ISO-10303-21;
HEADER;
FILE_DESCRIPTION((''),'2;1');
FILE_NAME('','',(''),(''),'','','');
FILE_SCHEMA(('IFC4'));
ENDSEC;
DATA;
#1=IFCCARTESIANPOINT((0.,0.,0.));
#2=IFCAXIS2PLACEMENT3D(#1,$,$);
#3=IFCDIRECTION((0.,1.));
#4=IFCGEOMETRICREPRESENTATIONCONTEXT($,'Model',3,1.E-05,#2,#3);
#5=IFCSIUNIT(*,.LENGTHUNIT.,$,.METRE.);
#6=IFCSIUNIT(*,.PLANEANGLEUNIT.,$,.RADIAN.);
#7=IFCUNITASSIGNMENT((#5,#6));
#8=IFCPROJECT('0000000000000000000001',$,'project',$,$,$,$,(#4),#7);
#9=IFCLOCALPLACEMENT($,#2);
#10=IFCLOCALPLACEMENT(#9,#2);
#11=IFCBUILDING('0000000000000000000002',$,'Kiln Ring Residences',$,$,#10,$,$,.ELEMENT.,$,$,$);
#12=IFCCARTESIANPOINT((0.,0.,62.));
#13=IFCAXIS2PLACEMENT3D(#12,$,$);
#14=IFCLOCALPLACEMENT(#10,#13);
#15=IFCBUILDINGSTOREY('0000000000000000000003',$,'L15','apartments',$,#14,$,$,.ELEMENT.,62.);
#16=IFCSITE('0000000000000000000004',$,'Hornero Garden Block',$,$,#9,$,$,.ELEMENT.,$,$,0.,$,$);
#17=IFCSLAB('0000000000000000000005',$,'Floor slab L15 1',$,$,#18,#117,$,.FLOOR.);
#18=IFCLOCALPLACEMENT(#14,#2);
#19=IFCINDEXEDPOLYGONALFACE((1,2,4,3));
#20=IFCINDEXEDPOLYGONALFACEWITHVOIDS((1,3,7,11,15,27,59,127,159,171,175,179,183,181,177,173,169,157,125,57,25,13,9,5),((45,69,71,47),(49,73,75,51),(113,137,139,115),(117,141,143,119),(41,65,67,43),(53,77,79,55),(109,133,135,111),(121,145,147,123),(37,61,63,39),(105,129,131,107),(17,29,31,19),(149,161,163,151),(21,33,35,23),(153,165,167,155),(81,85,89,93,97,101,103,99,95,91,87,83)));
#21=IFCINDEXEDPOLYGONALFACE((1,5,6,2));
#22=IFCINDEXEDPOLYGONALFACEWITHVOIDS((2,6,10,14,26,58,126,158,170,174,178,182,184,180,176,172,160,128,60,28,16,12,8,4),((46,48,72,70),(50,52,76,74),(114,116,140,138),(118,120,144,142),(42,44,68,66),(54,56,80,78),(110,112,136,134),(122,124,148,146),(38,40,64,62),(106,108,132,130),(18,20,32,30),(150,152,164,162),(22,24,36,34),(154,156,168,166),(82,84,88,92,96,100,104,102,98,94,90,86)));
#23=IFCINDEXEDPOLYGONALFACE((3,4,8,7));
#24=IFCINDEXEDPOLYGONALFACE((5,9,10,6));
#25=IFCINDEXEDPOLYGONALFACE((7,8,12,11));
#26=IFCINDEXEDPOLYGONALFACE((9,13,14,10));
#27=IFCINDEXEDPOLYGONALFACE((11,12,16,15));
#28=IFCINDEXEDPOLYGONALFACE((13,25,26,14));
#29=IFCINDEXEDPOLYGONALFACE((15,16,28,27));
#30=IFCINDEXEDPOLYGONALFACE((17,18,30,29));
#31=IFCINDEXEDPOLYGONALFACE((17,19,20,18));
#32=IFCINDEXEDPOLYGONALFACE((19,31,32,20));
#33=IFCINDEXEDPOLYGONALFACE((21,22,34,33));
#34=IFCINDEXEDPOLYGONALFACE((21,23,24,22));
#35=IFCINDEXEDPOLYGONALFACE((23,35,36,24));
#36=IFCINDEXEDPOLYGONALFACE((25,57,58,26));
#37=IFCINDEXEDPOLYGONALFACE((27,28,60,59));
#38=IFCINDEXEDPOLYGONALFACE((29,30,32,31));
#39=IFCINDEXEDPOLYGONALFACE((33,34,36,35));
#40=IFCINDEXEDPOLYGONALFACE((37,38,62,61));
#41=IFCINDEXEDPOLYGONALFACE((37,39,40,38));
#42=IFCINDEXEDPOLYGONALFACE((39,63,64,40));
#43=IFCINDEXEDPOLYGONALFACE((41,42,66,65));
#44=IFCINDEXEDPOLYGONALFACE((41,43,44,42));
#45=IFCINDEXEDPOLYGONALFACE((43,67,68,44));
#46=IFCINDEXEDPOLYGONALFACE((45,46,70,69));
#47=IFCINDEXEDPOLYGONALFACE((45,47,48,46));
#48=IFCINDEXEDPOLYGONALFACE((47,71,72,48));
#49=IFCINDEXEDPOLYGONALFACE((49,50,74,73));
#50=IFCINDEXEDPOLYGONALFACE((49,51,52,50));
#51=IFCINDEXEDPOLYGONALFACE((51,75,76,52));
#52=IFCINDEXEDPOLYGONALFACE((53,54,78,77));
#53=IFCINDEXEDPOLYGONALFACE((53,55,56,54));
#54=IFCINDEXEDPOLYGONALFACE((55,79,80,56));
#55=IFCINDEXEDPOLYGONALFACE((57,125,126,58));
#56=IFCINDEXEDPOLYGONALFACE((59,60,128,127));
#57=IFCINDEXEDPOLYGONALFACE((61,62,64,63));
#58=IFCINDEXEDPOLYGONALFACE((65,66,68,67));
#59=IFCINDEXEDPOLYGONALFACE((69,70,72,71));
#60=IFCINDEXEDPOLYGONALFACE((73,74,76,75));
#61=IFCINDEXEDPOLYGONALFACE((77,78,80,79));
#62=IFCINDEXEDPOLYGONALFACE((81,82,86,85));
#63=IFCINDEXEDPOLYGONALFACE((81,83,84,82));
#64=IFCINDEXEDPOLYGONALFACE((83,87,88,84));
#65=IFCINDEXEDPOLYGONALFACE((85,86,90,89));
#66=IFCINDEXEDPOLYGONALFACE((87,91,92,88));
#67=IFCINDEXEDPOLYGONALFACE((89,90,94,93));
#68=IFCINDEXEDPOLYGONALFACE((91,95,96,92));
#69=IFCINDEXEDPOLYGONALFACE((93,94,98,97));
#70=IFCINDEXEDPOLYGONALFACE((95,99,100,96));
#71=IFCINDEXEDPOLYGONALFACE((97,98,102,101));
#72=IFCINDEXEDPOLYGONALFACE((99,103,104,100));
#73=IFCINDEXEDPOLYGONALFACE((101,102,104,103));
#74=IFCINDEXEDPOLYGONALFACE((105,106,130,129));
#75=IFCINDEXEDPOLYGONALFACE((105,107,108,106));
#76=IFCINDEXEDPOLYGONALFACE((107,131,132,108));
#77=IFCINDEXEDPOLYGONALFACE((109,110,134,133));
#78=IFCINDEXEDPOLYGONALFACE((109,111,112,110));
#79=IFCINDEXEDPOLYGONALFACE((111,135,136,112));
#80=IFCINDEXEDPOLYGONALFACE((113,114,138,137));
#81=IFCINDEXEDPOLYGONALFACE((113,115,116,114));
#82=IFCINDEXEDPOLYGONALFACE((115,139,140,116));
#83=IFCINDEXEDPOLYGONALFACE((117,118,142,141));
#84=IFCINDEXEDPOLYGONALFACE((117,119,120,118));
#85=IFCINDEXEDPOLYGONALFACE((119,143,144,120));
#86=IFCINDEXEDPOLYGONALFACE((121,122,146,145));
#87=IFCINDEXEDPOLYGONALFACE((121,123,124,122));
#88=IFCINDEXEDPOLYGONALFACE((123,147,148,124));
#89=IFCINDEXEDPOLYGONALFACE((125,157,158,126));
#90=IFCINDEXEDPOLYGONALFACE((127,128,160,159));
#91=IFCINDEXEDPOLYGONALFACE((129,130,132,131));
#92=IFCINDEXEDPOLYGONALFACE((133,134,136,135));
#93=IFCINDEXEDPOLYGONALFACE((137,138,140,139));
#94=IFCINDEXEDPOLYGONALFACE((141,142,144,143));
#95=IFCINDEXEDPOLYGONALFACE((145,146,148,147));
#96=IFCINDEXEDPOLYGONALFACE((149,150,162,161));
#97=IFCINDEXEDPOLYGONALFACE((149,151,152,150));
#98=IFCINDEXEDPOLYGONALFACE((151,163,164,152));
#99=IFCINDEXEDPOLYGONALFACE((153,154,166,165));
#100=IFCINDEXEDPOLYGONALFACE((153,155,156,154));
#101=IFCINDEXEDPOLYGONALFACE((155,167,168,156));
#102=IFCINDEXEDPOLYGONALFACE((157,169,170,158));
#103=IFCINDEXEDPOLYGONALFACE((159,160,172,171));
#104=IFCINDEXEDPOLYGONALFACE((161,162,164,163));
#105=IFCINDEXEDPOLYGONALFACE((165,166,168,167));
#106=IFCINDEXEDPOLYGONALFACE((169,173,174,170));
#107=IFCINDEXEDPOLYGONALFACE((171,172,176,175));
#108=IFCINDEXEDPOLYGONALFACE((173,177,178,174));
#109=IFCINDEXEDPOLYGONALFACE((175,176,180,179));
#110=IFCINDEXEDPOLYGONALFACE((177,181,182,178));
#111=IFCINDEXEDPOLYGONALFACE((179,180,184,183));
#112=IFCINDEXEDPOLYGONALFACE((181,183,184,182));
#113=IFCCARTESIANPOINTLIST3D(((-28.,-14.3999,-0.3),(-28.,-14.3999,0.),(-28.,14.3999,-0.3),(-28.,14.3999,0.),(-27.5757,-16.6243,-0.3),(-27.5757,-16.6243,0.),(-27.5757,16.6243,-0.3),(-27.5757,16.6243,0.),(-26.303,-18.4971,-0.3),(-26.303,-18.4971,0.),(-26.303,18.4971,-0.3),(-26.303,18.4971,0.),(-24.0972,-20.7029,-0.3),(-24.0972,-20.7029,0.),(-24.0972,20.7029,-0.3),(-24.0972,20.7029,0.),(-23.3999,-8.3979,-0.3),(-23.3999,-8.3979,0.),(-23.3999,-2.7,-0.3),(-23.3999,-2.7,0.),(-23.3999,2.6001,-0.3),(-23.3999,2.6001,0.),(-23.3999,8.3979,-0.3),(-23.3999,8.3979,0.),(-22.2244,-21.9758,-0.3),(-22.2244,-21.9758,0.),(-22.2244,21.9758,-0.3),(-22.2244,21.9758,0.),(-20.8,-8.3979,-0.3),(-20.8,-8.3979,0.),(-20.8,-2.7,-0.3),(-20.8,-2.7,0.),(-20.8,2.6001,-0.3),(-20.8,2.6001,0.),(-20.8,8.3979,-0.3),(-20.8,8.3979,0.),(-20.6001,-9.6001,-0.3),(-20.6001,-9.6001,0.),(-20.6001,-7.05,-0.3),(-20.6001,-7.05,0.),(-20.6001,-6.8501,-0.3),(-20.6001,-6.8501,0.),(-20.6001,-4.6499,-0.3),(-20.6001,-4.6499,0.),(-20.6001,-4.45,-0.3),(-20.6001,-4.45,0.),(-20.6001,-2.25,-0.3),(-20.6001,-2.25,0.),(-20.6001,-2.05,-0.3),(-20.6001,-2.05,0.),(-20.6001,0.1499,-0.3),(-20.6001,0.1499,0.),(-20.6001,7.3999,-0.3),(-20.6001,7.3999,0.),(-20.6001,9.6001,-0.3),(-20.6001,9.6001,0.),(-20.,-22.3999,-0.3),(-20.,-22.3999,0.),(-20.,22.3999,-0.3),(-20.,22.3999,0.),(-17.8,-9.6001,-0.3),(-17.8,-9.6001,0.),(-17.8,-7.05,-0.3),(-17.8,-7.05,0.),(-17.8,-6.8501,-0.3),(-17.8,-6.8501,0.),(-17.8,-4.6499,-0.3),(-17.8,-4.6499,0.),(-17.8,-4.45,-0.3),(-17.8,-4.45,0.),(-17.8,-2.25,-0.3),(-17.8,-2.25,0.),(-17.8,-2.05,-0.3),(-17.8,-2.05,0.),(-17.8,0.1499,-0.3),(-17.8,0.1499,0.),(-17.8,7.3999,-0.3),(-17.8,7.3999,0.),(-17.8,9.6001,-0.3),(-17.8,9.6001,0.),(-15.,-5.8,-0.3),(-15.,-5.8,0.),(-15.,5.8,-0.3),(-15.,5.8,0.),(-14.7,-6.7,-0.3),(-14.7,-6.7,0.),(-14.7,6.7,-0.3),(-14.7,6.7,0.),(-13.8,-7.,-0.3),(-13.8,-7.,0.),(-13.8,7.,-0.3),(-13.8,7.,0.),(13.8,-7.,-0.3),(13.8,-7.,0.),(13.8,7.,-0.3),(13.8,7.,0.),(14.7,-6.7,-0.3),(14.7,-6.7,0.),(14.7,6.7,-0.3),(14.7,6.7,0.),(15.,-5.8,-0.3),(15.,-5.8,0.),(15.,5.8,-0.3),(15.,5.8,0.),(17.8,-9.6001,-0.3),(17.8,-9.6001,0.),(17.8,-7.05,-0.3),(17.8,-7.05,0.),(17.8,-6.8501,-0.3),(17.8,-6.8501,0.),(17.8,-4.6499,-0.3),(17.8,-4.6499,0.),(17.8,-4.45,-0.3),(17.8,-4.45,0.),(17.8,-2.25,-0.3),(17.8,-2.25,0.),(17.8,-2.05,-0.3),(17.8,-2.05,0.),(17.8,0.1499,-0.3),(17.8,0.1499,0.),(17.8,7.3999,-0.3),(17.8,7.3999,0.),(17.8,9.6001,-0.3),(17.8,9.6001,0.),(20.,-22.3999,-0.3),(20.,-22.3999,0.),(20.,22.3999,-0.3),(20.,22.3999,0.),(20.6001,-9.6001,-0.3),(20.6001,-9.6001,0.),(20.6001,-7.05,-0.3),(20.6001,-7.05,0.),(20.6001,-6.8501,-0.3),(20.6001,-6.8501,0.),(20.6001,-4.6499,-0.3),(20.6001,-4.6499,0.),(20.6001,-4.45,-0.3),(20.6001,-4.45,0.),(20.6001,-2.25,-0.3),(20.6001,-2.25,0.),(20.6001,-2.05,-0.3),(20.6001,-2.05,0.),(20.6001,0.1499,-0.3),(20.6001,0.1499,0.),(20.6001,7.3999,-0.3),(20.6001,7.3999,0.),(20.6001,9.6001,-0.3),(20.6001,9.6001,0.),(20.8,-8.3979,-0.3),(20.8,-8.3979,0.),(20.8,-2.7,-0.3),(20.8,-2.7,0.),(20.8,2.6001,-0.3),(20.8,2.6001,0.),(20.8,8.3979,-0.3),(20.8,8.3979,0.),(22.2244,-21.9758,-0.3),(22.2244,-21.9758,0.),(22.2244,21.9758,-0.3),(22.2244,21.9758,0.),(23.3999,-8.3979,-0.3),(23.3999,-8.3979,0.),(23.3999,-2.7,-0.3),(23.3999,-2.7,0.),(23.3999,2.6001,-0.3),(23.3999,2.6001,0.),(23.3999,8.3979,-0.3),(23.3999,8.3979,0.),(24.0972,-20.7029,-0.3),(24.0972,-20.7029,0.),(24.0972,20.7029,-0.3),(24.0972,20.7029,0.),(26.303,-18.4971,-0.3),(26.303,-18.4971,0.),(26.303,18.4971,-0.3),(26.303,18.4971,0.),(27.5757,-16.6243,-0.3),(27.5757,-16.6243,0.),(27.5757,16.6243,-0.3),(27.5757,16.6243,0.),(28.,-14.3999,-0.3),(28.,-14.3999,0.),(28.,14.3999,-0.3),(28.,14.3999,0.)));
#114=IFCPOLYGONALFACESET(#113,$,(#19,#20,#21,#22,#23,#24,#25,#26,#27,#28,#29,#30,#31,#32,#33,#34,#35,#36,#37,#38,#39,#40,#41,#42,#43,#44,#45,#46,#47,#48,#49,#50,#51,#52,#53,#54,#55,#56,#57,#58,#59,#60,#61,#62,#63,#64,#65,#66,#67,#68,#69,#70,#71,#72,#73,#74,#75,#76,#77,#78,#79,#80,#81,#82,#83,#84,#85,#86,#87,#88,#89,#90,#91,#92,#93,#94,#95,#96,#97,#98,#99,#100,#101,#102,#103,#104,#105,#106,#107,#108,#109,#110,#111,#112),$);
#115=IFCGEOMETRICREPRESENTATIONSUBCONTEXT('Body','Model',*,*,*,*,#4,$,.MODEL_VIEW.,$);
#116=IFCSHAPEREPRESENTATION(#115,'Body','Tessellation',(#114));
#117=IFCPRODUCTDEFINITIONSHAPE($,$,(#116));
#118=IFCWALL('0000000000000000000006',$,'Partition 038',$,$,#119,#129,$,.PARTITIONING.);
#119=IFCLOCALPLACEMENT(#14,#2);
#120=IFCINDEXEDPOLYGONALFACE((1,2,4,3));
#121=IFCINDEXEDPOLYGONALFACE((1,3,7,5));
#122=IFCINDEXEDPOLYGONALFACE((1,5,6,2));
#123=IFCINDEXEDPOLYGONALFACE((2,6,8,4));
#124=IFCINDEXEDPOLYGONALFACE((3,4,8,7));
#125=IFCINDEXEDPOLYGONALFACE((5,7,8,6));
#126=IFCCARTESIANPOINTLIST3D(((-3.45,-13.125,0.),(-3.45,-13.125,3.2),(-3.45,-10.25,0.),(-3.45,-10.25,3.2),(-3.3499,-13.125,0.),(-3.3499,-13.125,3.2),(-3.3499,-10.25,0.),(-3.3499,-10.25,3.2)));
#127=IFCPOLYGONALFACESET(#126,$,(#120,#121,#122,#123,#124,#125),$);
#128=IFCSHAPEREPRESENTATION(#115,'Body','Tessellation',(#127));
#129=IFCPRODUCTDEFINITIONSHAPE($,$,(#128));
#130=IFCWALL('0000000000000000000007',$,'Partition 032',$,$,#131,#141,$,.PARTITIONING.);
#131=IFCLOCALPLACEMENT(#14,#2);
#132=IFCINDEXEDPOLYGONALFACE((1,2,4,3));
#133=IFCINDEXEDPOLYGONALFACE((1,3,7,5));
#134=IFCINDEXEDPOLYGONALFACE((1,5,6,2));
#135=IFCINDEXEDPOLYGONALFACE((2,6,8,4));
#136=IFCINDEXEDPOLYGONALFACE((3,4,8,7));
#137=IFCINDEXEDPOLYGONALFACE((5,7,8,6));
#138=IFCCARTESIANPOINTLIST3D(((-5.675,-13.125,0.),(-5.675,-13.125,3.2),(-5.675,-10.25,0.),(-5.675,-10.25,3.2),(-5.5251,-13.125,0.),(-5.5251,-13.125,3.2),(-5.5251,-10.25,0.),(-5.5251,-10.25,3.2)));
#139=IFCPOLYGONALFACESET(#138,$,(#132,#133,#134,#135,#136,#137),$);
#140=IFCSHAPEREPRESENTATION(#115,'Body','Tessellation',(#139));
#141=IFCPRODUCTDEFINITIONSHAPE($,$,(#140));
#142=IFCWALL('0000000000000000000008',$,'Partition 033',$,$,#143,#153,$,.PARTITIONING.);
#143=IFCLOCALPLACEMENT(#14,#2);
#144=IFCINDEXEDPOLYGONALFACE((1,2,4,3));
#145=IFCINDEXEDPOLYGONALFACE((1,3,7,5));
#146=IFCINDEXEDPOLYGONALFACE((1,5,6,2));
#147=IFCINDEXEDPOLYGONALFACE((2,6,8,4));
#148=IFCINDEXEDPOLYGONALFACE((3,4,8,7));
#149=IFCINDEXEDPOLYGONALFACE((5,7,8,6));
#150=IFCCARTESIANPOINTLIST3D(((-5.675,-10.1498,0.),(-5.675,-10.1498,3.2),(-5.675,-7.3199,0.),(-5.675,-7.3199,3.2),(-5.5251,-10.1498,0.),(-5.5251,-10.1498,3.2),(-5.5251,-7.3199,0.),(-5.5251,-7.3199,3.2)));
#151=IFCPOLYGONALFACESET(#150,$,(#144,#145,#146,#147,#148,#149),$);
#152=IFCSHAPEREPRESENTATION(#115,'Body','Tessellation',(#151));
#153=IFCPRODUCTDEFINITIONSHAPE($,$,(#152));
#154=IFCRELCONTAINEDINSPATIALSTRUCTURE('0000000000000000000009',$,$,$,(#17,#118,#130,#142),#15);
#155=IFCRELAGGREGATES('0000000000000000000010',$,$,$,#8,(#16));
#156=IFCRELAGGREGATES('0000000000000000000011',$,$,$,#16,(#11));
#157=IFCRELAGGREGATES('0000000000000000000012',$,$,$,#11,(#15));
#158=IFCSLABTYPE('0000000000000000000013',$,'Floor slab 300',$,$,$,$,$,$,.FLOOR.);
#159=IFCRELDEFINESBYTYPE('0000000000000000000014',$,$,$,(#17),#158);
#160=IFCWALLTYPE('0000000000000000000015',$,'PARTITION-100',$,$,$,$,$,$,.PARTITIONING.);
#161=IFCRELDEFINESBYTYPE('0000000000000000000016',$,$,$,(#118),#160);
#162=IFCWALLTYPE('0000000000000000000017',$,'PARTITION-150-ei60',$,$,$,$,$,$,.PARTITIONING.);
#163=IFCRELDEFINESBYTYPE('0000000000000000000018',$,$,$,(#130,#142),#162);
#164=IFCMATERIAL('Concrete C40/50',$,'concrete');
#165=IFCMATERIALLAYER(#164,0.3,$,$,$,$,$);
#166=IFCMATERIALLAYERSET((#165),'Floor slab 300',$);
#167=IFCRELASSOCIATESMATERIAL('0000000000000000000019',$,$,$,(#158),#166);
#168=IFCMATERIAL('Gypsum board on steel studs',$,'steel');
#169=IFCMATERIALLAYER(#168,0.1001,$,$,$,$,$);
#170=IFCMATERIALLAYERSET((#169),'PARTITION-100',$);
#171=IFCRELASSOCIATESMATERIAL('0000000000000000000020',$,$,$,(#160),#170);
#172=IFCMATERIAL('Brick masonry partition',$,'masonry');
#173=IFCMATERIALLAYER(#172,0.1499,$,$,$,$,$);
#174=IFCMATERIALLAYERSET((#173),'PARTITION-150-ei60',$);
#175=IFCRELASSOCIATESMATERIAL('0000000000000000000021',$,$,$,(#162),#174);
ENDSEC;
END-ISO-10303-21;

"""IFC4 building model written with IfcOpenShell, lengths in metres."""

from ifc_helpers import new_model, si_unit, direction, frame, frame_2d, origin, place, context, subcontext, project, spatial, polyline, rectangle, outline, extrude, material, layer, layer_set, type_object, element, save


model = new_model("IFC4")

# Units and contexts
model_context = context("Model", 3, precision=1e-05, world=origin(), true_north=direction((0.0, 1.0)))
body_context = subcontext(model_context, "Body", "Model", "MODEL_VIEW")
ifc_project = project(units=[si_unit("LENGTHUNIT", "METRE"), si_unit("PLANEANGLEUNIT", "RADIAN")], contexts=[model_context])

# Site, building, storey
site_placement = place(None, origin())
site = spatial("IfcSite", under=ifc_project, at=site_placement, Name="Hornero Garden Block", CompositionType="ELEMENT", RefElevation=0.0)
building_placement = place(site_placement, origin())
building = spatial("IfcBuilding", under=site, at=building_placement, Name="Kiln Ring Residences", CompositionType="ELEMENT")
storey_placement = place(building_placement, frame((0.0, 0.0, 62.0)))
storey = spatial("IfcBuildingStorey", under=building, at=storey_placement, Name="L15", Description="apartments", CompositionType="ELEMENT", Elevation=62.0)

# Slab
ifc_material_1 = material(Name="Concrete C40/50", Category="concrete")
ifc_layer_1 = layer(ifc_material_1, 0.3)
ifc_layer_set_1 = layer_set([ifc_layer_1], Name="Floor slab 300")
slab_type = type_object("IfcSlabType", Name="Floor slab 300", PredefinedType="FLOOR", material=ifc_layer_set_1)
slab_placement = place(storey_placement, frame((0.0, 0.0, -0.3)))
element("IfcSlab", 1, at=slab_placement, inside=storey, type_object=slab_type, Name="Floor slab L15 1", PredefinedType="FLOOR", context=body_context, shape_type="SweptSolid", body=[
    extrude(outline(polyline([(-26.303, -18.4971), (-24.0972, -20.7029), (-22.2244, -21.9758), (-20.0, -22.3999), (20.0, -22.3999), (22.2244, -21.9758), (24.0972, -20.7029), (26.303, -18.4971), (27.5757, -16.6243), (28.0, -14.3999), (28.0, 14.3999), (27.5757, 16.6243), (26.303, 18.4971), (24.0972, 20.7029), (22.2244, 21.9758), (20.0, 22.3999), (-20.0, 22.3999), (-22.2244, 21.9758), (-24.0972, 20.7029), (-26.303, 18.4971), (-27.5757, 16.6243), (-28.0, 14.3999), (-28.0, -14.3999), (-27.5757, -16.6243), (-26.303, -18.4971)]), holes=[polyline([(-14.7, -6.7), (-15.0, -5.8), (-15.0, 5.8), (-14.7, 6.7), (-13.8, 7.0), (13.8, 7.0), (14.7, 6.7), (15.0, 5.8), (15.0, -5.8), (14.7, -6.7), (13.8, -7.0), (-13.8, -7.0), (-14.7, -6.7)]), polyline([(20.8, -8.3979), (20.8, -2.7), (23.3999, -2.7), (23.3999, -8.3979), (20.8, -8.3979)]), polyline([(20.8, 2.6001), (20.8, 8.3979), (23.3999, 8.3979), (23.3999, 2.6001), (20.8, 2.6001)]), polyline([(17.8, -6.8501), (17.8, -4.6499), (20.6001, -4.6499), (20.6001, -6.8501), (17.8, -6.8501)]), polyline([(17.8, -4.45), (17.8, -2.25), (20.6001, -2.25), (20.6001, -4.45), (17.8, -4.45)]), polyline([(17.8, -2.05), (17.8, 0.1499), (20.6001, 0.1499), (20.6001, -2.05), (17.8, -2.05)]), polyline([(17.8, 7.3999), (17.8, 9.6001), (20.6001, 9.6001), (20.6001, 7.3999), (17.8, 7.3999)]), polyline([(20.6001, -9.6001), (17.8, -9.6001), (17.8, -7.05), (20.6001, -7.05), (20.6001, -9.6001)]), polyline([(-17.8, -7.05), (-17.8, -9.6001), (-20.6001, -9.6001), (-20.6001, -7.05), (-17.8, -7.05)]), polyline([(-17.8, -6.8501), (-20.6001, -6.8501), (-20.6001, -4.6499), (-17.8, -4.6499), (-17.8, -6.8501)]), polyline([(-17.8, -4.45), (-20.6001, -4.45), (-20.6001, -2.25), (-17.8, -2.25), (-17.8, -4.45)]), polyline([(-17.8, -2.05), (-20.6001, -2.05), (-20.6001, 0.1499), (-17.8, 0.1499), (-17.8, -2.05)]), polyline([(-17.8, 7.3999), (-20.6001, 7.3999), (-20.6001, 9.6001), (-17.8, 9.6001), (-17.8, 7.3999)]), polyline([(-20.8, -8.3979), (-23.3999, -8.3979), (-23.3999, -2.7), (-20.8, -2.7), (-20.8, -8.3979)]), polyline([(-20.8, 2.6001), (-23.3999, 2.6001), (-23.3999, 8.3979), (-20.8, 8.3979), (-20.8, 2.6001)])]), origin(), (0.0, 0.0, 1.0), 0.3),
])

# Walls
ifc_material_2 = material(Name="Gypsum board on steel studs", Category="steel")
ifc_layer_2 = layer(ifc_material_2, 0.1001)
ifc_layer_set_2 = layer_set([ifc_layer_2], Name="PARTITION-100")
wall_type_1 = type_object("IfcWallType", Name="PARTITION-100", PredefinedType="PARTITIONING", material=ifc_layer_set_2)
wall_1_placement = place(storey_placement, frame((-3.3999, -13.125, 0.0), z_axis=(0.0, 0.0, 1.0), x_axis=(0.0, 1.0, 0.0)))
element("IfcWall", 2, at=wall_1_placement, inside=storey, type_object=wall_type_1, Name="Partition 038", PredefinedType="PARTITIONING", context=body_context, shape_type="SweptSolid", body=[
    extrude(rectangle(XDim=2.875, YDim=0.1001, at=frame_2d((1.4375, 0.0))), origin(), (0.0, 0.0, 1.0), 3.2),
])
ifc_material_3 = material(Name="Brick masonry partition", Category="masonry")
ifc_layer_3 = layer(ifc_material_3, 0.1499)
ifc_layer_set_3 = layer_set([ifc_layer_3], Name="PARTITION-150-ei60")
wall_type_2 = type_object("IfcWallType", Name="PARTITION-150-ei60", PredefinedType="PARTITIONING", material=ifc_layer_set_3)
wall_2_placement = place(storey_placement, frame((-5.6001, -13.125, 0.0), z_axis=(0.0, 0.0, 1.0), x_axis=(0.0, 1.0, 0.0)))
element("IfcWall", 3, at=wall_2_placement, inside=storey, type_object=wall_type_2, Name="Partition 032", PredefinedType="PARTITIONING", context=body_context, shape_type="SweptSolid", body=[
    extrude(rectangle(XDim=2.875, YDim=0.1499, at=frame_2d((1.4375, 0.0))), origin(), (0.0, 0.0, 1.0), 3.2),
])
wall_3_placement = place(storey_placement, frame((-5.6001, -10.1499, 0.0), z_axis=(0.0, 0.0, 1.0), x_axis=(0.0, 1.0, 0.0)))
element("IfcWall", 4, at=wall_3_placement, inside=storey, type_object=wall_type_2, Name="Partition 033", PredefinedType="PARTITIONING", context=body_context, shape_type="SweptSolid", body=[
    extrude(rectangle(XDim=2.8298, YDim=0.1499, at=frame_2d((1.415, 0.0))), origin(), (0.0, 0.0, 1.0), 3.2),
])

save(model, "model.ifc")
